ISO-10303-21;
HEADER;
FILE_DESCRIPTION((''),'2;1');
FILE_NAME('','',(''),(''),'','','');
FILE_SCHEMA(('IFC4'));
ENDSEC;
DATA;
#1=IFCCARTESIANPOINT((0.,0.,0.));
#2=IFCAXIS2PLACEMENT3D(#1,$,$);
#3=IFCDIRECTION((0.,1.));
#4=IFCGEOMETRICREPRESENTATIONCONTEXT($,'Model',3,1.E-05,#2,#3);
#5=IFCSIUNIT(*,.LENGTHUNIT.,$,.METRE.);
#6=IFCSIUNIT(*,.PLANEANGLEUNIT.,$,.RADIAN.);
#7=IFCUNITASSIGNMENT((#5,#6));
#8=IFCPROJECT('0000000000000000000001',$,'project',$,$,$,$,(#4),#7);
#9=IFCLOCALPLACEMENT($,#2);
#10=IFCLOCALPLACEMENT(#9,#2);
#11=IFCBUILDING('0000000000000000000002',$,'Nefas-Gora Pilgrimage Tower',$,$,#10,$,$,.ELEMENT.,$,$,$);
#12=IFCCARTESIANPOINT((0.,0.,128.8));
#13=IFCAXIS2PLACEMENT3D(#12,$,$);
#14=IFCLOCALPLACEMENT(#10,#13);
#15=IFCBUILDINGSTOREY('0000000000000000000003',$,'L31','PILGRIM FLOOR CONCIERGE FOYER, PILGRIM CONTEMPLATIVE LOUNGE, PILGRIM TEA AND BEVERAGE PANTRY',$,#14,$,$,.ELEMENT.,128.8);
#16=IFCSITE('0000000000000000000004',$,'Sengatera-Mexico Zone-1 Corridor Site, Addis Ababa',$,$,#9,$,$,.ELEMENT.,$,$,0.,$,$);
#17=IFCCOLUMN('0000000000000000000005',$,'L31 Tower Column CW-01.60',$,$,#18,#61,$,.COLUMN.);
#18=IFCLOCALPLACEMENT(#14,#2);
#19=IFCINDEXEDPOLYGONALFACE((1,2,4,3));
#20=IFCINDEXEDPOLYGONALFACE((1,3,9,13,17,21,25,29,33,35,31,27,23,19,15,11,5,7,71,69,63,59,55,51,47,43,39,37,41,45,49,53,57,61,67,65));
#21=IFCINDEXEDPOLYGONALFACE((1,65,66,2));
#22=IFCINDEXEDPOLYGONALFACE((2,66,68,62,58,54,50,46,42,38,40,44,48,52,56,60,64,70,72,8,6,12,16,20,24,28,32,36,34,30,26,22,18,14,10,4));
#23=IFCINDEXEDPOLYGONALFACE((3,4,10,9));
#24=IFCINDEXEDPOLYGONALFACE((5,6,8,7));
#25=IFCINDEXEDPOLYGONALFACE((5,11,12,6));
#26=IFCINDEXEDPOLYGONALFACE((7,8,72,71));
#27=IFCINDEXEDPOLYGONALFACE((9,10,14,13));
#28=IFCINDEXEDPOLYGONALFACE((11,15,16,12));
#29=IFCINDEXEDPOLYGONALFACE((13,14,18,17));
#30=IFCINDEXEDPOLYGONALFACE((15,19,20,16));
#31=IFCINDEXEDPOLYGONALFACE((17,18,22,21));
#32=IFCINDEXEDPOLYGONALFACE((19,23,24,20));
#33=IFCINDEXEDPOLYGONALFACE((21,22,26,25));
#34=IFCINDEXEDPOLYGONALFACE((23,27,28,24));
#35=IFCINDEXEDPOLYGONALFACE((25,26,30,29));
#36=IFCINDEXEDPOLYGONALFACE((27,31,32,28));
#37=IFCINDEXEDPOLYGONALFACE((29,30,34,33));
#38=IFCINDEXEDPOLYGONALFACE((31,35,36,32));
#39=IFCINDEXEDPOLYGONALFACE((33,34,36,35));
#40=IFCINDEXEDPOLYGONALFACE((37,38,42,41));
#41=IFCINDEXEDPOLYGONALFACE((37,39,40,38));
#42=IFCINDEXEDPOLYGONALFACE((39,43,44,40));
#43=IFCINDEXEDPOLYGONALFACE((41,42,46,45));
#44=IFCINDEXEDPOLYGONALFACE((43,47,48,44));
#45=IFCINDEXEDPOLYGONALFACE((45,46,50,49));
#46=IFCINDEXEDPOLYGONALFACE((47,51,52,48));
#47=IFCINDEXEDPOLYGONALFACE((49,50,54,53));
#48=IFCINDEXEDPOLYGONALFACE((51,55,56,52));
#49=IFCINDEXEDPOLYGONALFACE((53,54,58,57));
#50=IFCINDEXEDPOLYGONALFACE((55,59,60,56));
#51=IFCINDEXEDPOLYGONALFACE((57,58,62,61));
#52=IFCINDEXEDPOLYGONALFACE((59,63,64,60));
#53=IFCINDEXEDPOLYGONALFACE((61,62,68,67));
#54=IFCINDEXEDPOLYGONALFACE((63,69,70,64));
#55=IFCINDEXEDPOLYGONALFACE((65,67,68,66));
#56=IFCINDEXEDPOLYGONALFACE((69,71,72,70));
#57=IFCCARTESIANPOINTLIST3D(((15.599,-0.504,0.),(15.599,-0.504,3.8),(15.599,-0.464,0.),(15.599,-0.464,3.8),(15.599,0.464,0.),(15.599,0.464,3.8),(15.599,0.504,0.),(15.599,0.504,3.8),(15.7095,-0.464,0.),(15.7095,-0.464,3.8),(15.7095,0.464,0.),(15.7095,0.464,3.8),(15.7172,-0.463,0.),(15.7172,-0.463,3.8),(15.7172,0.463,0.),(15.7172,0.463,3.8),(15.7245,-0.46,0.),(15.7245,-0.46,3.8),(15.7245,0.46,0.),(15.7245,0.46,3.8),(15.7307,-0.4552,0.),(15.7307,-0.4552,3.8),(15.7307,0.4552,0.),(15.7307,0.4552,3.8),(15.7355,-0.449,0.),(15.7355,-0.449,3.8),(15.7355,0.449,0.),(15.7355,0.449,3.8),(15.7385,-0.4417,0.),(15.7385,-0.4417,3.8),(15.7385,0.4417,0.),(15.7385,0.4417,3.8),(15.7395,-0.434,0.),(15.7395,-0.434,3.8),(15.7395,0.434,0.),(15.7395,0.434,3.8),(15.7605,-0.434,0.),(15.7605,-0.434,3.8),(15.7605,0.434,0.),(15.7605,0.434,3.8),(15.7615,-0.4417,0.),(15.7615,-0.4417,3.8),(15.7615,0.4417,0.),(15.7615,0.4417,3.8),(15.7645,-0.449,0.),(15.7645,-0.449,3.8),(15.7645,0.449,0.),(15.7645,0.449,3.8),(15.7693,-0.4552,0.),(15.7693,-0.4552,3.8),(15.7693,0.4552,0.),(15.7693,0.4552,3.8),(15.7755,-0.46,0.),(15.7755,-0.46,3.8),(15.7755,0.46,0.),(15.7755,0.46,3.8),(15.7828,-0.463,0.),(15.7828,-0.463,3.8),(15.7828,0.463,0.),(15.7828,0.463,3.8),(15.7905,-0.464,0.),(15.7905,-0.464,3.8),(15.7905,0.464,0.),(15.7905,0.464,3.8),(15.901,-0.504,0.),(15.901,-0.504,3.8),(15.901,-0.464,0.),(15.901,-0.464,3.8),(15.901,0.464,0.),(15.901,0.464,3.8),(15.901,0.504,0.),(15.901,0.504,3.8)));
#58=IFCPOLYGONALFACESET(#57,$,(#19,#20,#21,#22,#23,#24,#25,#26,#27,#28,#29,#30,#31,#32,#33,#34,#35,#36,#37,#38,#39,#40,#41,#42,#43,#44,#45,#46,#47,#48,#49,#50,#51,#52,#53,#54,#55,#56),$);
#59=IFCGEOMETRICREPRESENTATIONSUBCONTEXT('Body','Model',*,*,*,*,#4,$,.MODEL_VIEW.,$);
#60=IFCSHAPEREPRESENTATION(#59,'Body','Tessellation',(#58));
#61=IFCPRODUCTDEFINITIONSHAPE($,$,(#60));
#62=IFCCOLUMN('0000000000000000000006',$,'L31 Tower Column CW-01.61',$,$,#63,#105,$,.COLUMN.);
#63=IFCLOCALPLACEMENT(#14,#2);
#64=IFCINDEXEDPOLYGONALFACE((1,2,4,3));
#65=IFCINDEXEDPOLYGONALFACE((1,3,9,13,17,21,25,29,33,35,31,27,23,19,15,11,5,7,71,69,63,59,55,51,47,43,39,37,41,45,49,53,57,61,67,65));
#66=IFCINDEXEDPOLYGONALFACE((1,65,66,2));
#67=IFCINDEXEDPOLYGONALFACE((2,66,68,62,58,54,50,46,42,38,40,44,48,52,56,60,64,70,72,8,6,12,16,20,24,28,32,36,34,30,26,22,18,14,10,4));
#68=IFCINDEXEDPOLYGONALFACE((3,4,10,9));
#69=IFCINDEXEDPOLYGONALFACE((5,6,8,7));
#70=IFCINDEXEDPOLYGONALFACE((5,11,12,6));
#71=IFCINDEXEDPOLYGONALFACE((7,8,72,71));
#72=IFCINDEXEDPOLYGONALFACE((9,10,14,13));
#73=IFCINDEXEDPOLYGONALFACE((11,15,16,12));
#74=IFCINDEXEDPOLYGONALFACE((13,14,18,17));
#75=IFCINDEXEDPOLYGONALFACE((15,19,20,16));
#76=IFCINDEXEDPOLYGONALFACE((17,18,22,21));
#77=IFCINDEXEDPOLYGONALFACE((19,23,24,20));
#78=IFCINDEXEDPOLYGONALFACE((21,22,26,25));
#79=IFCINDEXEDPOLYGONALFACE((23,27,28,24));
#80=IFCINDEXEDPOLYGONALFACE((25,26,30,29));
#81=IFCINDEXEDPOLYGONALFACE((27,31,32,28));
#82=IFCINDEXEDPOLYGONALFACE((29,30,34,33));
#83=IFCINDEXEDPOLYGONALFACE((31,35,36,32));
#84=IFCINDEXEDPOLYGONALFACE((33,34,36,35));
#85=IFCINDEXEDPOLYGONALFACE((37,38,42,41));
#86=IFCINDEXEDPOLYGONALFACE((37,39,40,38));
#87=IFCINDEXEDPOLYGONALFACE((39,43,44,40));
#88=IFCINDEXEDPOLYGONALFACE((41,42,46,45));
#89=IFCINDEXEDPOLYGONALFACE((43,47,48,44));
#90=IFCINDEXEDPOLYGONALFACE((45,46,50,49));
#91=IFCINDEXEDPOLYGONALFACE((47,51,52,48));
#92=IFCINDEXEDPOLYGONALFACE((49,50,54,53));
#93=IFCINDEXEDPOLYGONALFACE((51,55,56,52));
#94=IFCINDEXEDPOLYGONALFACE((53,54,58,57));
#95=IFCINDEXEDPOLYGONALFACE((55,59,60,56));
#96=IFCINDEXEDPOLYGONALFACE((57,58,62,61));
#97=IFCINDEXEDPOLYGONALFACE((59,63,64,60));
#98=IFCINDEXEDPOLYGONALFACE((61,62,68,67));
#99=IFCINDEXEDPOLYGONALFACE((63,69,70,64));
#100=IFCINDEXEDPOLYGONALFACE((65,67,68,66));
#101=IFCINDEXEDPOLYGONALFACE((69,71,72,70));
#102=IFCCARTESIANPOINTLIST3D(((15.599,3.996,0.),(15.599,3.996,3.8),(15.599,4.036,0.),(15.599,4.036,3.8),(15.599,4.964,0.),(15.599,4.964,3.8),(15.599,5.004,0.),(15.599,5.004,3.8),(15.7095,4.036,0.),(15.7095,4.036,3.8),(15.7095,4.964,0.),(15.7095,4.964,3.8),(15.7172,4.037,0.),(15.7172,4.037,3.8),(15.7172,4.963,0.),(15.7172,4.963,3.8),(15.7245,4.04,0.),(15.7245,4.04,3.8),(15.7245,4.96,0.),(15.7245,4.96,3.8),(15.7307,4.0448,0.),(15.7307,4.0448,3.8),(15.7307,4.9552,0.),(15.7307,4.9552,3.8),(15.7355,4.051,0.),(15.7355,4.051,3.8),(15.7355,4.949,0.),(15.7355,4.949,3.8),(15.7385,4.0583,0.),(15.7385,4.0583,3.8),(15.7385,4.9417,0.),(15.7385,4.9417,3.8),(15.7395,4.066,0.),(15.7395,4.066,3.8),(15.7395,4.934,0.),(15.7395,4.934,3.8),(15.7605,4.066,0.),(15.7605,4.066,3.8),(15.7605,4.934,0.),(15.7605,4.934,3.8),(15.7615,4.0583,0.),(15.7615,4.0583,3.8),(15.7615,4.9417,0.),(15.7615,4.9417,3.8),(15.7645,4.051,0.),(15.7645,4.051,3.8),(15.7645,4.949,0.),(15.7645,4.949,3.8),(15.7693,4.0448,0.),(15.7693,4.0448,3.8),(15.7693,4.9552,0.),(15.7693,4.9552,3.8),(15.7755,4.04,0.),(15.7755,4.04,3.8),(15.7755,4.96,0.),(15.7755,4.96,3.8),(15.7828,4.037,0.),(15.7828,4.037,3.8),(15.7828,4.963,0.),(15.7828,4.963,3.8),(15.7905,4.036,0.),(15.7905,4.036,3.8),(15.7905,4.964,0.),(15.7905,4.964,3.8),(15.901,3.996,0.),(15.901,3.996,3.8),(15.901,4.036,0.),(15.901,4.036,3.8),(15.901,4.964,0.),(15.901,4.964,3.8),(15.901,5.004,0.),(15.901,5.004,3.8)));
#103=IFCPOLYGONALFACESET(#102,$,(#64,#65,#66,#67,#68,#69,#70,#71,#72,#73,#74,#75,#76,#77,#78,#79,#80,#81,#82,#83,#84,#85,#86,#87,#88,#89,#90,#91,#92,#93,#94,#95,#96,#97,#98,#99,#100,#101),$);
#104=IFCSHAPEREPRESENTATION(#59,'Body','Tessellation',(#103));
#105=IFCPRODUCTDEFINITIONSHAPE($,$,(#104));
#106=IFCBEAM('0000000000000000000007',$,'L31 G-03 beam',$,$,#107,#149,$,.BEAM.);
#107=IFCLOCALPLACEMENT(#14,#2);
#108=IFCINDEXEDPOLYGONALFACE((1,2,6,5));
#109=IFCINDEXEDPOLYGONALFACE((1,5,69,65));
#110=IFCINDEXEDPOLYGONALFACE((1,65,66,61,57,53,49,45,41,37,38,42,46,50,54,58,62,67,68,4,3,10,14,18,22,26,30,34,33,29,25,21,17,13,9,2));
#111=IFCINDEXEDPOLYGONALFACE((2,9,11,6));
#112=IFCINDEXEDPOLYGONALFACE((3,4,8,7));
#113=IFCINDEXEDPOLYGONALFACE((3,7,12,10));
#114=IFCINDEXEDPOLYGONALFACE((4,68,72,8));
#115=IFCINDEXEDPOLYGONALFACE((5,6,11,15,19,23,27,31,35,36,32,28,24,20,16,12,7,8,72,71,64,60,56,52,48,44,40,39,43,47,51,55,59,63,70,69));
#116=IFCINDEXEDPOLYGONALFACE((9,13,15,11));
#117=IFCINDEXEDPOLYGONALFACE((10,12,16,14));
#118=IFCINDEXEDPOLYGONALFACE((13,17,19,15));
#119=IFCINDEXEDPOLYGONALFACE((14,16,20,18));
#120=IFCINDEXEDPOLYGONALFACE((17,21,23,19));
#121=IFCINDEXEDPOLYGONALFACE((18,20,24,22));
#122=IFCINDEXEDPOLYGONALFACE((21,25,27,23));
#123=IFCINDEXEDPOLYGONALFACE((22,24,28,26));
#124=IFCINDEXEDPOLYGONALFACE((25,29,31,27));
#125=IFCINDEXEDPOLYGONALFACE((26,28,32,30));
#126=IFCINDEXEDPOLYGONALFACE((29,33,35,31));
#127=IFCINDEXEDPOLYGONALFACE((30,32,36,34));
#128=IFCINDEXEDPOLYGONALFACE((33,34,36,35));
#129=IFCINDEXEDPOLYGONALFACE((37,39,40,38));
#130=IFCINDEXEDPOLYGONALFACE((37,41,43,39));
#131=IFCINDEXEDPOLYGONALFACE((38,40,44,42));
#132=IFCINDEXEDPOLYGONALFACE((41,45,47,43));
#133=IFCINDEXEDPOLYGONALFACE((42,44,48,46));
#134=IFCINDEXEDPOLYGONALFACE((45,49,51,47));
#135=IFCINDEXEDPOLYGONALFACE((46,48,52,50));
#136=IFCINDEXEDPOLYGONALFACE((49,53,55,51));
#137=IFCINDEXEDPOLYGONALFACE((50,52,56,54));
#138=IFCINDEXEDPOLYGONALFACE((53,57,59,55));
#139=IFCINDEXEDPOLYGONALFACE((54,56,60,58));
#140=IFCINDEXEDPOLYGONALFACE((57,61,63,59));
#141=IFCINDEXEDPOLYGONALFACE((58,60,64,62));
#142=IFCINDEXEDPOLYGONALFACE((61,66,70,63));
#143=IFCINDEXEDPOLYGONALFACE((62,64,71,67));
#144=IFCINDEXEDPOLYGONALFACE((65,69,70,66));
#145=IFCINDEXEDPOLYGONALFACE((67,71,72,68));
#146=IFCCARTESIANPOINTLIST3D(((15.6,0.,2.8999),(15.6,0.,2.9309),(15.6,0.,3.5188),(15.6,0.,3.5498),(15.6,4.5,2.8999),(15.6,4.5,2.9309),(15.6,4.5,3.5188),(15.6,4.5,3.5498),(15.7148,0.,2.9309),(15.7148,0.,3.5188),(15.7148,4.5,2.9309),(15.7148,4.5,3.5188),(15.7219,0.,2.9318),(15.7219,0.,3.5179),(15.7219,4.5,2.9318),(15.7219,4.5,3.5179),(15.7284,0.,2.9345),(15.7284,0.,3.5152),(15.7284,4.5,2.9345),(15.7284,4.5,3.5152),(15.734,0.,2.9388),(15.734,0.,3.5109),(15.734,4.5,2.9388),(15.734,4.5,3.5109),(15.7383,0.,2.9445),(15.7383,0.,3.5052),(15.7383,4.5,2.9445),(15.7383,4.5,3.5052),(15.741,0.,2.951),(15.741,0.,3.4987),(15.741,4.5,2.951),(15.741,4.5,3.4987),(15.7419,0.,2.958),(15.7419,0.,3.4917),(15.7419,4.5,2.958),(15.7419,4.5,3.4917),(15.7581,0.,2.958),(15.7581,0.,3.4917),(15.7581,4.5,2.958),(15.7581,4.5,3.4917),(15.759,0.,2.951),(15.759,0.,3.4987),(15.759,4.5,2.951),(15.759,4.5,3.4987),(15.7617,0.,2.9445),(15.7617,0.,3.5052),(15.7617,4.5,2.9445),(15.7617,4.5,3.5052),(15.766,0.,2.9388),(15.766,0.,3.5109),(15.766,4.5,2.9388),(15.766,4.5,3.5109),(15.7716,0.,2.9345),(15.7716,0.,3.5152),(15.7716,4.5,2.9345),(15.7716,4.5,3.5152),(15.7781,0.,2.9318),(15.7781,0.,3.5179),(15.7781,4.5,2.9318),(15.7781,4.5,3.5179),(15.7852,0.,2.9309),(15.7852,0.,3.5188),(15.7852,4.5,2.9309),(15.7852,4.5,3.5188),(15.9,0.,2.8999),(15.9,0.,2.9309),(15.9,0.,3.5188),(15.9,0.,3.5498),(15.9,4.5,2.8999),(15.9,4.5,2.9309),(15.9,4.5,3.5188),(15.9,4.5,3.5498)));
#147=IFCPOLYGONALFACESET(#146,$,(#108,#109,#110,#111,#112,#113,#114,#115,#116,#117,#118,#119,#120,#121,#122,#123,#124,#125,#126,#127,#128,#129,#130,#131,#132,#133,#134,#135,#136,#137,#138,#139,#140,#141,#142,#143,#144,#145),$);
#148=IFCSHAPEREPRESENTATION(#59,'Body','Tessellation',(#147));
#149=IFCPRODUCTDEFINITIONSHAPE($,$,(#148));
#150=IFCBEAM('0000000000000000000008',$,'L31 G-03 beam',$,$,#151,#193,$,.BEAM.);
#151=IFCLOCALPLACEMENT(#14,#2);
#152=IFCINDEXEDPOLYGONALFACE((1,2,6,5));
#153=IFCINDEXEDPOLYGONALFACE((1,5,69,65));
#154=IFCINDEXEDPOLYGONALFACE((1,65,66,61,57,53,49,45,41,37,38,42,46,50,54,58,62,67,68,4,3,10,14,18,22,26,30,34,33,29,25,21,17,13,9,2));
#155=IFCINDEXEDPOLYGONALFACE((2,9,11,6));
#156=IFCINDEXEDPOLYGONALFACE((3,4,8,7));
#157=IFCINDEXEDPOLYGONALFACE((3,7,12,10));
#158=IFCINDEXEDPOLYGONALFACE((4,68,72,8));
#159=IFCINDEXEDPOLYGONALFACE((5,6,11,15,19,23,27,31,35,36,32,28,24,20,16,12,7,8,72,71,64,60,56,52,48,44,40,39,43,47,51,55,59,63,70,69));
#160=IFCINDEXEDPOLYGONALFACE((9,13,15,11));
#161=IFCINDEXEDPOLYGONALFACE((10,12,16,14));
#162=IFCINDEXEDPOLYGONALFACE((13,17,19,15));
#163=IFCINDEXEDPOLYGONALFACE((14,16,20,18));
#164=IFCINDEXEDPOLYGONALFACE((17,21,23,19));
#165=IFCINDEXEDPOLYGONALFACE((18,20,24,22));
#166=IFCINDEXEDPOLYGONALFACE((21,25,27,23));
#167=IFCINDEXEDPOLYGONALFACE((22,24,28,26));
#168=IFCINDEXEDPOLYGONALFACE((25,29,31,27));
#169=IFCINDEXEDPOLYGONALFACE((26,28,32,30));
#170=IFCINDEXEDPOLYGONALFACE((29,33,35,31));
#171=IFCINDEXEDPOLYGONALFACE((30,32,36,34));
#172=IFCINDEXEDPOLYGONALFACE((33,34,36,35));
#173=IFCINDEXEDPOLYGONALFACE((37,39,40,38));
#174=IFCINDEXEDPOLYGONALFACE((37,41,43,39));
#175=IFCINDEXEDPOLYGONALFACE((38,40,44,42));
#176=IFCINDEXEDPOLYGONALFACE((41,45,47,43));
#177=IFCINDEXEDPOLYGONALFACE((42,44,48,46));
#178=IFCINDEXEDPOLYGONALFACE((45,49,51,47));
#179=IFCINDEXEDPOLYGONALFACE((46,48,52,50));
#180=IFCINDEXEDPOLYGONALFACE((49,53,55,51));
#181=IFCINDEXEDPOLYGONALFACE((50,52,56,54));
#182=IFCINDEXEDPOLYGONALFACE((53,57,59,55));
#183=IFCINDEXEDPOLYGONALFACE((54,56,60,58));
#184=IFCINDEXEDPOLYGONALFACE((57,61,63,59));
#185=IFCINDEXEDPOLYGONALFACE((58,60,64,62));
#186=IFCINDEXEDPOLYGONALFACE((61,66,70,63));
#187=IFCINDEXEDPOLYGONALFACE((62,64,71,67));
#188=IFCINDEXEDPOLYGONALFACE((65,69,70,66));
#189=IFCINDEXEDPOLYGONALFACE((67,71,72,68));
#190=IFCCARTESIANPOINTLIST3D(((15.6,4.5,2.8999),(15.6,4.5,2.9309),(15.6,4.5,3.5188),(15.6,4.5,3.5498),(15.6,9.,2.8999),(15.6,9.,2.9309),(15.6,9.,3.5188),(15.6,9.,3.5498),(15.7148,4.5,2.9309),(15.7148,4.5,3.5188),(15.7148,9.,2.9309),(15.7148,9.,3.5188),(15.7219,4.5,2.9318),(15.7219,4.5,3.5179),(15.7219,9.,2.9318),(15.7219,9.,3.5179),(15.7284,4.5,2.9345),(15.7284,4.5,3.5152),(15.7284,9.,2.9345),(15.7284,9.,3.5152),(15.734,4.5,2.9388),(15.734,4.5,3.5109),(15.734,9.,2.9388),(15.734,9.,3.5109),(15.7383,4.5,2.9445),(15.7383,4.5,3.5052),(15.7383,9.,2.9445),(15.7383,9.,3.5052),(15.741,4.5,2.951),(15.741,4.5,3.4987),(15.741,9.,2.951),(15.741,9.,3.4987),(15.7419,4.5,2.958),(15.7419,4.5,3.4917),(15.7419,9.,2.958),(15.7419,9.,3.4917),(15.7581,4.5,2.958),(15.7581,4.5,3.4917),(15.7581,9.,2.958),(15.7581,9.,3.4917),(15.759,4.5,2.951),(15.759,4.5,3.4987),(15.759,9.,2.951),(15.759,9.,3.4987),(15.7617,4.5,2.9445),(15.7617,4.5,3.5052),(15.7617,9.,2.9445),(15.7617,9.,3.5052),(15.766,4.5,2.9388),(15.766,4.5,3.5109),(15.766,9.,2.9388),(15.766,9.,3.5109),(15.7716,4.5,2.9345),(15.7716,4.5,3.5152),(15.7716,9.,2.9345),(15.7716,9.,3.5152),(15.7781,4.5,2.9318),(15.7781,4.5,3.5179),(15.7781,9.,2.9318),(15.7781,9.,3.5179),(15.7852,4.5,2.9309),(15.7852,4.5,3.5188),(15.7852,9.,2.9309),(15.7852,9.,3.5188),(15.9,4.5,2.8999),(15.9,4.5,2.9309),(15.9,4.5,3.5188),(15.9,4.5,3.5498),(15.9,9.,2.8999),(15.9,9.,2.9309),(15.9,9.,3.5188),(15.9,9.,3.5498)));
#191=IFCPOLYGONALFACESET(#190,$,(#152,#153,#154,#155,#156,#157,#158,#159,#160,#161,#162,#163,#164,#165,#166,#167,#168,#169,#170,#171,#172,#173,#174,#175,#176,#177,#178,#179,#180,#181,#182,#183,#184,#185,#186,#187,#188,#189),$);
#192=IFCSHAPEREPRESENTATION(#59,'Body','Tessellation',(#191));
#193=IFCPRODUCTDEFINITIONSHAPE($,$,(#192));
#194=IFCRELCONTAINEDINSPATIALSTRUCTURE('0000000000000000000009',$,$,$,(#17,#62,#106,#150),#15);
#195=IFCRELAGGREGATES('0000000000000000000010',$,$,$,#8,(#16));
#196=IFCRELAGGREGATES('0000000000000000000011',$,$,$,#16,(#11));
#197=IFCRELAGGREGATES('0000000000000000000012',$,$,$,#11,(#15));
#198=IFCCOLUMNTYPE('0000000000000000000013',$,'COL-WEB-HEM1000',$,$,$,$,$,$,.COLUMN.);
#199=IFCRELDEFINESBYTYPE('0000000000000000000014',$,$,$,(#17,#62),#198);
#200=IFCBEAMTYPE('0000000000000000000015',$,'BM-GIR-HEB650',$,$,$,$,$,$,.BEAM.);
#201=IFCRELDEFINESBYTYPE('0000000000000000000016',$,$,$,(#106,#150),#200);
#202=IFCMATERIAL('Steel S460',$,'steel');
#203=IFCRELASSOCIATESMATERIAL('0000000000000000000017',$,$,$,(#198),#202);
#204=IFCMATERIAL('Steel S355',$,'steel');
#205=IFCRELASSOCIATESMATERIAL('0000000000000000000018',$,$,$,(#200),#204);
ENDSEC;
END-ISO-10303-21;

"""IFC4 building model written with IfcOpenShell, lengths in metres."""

from ifc_helpers import new_model, si_unit, direction, frame, origin, origin_2d, place, context, subcontext, project, spatial, i_section, extrude, source, transform, mapped, material, material_profile, profile_set, type_object, element, save


model = new_model("IFC4")

# Units and contexts
model_context = context("Model", 3, precision=1e-05, world=origin(), true_north=direction((0.0, 1.0)))
body_context = subcontext(model_context, "Body", "Model", "MODEL_VIEW")
ifc_project = project(units=[si_unit("LENGTHUNIT", "METRE"), si_unit("PLANEANGLEUNIT", "RADIAN")], contexts=[model_context])

# Site, building, storey
site_placement = place(None, origin())
site = spatial("IfcSite", under=ifc_project, at=site_placement, Name="Sengatera-Mexico Zone-1 Corridor Site, Addis Ababa", CompositionType="ELEMENT", RefElevation=0.0)
building_placement = place(site_placement, origin())
building = spatial("IfcBuilding", under=site, at=building_placement, Name="Nefas-Gora Pilgrimage Tower", CompositionType="ELEMENT")
storey_placement = place(building_placement, frame((0.0, 0.0, 128.8)))
storey = spatial("IfcBuildingStorey", under=building, at=storey_placement, Name="L31", Description="PILGRIM FLOOR CONCIERGE FOYER, PILGRIM CONTEMPLATIVE LOUNGE, PILGRIM TEA AND BEVERAGE PANTRY", CompositionType="ELEMENT", Elevation=128.8)

# Columns
ifc_material_1 = material(Name="Steel S460", Category="steel")
ifc_material_profile_1 = material_profile(ifc_material_1, i_section(OverallWidth=0.302, OverallDepth=1.0081, WebThickness=0.021, FlangeThickness=0.04, FilletRadius=0.03, at=origin_2d()), Name="HEM 1000")
ifc_profile_set_1 = profile_set([ifc_material_profile_1], Name="Steel S460")
column_type = type_object("IfcColumnType", Name="COL-WEB-HEM1000", PredefinedType="COLUMN", material=ifc_profile_set_1)
shared_shape_1 = source(origin(), body_context, "Body", "SweptSolid", [
    extrude(i_section(OverallWidth=0.302, OverallDepth=1.0081, WebThickness=0.021, FlangeThickness=0.04, FilletRadius=0.03, at=origin_2d()), origin(), (0.0, 0.0, 1.0), 3.8),
])
for number, where, z_axis, x_axis, name in (
    (1, (15.75, 0.0, 0.0), (0.0, 0.0, 1.0), (1.0, 0.0, 0.0), "L31 Tower Column CW-01.60"),
    (2, (15.75, 4.5, 0.0), (0.0, 0.0, 1.0), (1.0, 0.0, 0.0), "L31 Tower Column CW-01.61"),
):
    element("IfcColumn", number, at=place(storey_placement, frame(where, z_axis=z_axis, x_axis=x_axis)), inside=storey, type_object=column_type, Name=name, PredefinedType="COLUMN", context=body_context, shape_type="MappedRepresentation", body=[
        mapped(shared_shape_1, transform((0.0, 0.0, 0.0), x_axis=(1.0, 0.0, 0.0), y_axis=(0.0, 1.0, 0.0), z_axis=(0.0, 0.0, 1.0), scale=1.0)),
    ])

# Beams
ifc_material_2 = material(Name="Steel S355", Category="steel")
ifc_material_profile_2 = material_profile(ifc_material_2, i_section(OverallWidth=0.3, OverallDepth=0.6499, WebThickness=0.0161, FlangeThickness=0.031, FilletRadius=0.0271, at=origin_2d()), Name="HEB 650")
ifc_profile_set_2 = profile_set([ifc_material_profile_2], Name="Steel S355")
beam_type = type_object("IfcBeamType", Name="BM-GIR-HEB650", PredefinedType="BEAM", material=ifc_profile_set_2)
shared_shape_2 = source(origin(), body_context, "Body", "SweptSolid", [
    extrude(i_section(OverallWidth=0.3, OverallDepth=0.6499, WebThickness=0.0161, FlangeThickness=0.031, FilletRadius=0.0271, at=origin_2d()), origin(), (0.0, 0.0, 1.0), 4.5),
])
for number, where, z_axis, x_axis, name in (
    (3, (15.75, 0.0, 3.2249), (0.0, 1.0, 0.0), (-1.0, 0.0, 0.0), "L31 G-03 beam"),
    (4, (15.75, 4.5, 3.2249), (0.0, 1.0, 0.0), (-1.0, 0.0, 0.0), "L31 G-03 beam"),
):
    element("IfcBeam", number, at=place(storey_placement, frame(where, z_axis=z_axis, x_axis=x_axis)), inside=storey, type_object=beam_type, Name=name, PredefinedType="BEAM", context=body_context, shape_type="MappedRepresentation", body=[
        mapped(shared_shape_2, transform((0.0, 0.0, 0.0), x_axis=(1.0, 0.0, 0.0), y_axis=(0.0, 1.0, 0.0), z_axis=(0.0, 0.0, 1.0), scale=1.0)),
    ])

save(model, "model.ifc")
